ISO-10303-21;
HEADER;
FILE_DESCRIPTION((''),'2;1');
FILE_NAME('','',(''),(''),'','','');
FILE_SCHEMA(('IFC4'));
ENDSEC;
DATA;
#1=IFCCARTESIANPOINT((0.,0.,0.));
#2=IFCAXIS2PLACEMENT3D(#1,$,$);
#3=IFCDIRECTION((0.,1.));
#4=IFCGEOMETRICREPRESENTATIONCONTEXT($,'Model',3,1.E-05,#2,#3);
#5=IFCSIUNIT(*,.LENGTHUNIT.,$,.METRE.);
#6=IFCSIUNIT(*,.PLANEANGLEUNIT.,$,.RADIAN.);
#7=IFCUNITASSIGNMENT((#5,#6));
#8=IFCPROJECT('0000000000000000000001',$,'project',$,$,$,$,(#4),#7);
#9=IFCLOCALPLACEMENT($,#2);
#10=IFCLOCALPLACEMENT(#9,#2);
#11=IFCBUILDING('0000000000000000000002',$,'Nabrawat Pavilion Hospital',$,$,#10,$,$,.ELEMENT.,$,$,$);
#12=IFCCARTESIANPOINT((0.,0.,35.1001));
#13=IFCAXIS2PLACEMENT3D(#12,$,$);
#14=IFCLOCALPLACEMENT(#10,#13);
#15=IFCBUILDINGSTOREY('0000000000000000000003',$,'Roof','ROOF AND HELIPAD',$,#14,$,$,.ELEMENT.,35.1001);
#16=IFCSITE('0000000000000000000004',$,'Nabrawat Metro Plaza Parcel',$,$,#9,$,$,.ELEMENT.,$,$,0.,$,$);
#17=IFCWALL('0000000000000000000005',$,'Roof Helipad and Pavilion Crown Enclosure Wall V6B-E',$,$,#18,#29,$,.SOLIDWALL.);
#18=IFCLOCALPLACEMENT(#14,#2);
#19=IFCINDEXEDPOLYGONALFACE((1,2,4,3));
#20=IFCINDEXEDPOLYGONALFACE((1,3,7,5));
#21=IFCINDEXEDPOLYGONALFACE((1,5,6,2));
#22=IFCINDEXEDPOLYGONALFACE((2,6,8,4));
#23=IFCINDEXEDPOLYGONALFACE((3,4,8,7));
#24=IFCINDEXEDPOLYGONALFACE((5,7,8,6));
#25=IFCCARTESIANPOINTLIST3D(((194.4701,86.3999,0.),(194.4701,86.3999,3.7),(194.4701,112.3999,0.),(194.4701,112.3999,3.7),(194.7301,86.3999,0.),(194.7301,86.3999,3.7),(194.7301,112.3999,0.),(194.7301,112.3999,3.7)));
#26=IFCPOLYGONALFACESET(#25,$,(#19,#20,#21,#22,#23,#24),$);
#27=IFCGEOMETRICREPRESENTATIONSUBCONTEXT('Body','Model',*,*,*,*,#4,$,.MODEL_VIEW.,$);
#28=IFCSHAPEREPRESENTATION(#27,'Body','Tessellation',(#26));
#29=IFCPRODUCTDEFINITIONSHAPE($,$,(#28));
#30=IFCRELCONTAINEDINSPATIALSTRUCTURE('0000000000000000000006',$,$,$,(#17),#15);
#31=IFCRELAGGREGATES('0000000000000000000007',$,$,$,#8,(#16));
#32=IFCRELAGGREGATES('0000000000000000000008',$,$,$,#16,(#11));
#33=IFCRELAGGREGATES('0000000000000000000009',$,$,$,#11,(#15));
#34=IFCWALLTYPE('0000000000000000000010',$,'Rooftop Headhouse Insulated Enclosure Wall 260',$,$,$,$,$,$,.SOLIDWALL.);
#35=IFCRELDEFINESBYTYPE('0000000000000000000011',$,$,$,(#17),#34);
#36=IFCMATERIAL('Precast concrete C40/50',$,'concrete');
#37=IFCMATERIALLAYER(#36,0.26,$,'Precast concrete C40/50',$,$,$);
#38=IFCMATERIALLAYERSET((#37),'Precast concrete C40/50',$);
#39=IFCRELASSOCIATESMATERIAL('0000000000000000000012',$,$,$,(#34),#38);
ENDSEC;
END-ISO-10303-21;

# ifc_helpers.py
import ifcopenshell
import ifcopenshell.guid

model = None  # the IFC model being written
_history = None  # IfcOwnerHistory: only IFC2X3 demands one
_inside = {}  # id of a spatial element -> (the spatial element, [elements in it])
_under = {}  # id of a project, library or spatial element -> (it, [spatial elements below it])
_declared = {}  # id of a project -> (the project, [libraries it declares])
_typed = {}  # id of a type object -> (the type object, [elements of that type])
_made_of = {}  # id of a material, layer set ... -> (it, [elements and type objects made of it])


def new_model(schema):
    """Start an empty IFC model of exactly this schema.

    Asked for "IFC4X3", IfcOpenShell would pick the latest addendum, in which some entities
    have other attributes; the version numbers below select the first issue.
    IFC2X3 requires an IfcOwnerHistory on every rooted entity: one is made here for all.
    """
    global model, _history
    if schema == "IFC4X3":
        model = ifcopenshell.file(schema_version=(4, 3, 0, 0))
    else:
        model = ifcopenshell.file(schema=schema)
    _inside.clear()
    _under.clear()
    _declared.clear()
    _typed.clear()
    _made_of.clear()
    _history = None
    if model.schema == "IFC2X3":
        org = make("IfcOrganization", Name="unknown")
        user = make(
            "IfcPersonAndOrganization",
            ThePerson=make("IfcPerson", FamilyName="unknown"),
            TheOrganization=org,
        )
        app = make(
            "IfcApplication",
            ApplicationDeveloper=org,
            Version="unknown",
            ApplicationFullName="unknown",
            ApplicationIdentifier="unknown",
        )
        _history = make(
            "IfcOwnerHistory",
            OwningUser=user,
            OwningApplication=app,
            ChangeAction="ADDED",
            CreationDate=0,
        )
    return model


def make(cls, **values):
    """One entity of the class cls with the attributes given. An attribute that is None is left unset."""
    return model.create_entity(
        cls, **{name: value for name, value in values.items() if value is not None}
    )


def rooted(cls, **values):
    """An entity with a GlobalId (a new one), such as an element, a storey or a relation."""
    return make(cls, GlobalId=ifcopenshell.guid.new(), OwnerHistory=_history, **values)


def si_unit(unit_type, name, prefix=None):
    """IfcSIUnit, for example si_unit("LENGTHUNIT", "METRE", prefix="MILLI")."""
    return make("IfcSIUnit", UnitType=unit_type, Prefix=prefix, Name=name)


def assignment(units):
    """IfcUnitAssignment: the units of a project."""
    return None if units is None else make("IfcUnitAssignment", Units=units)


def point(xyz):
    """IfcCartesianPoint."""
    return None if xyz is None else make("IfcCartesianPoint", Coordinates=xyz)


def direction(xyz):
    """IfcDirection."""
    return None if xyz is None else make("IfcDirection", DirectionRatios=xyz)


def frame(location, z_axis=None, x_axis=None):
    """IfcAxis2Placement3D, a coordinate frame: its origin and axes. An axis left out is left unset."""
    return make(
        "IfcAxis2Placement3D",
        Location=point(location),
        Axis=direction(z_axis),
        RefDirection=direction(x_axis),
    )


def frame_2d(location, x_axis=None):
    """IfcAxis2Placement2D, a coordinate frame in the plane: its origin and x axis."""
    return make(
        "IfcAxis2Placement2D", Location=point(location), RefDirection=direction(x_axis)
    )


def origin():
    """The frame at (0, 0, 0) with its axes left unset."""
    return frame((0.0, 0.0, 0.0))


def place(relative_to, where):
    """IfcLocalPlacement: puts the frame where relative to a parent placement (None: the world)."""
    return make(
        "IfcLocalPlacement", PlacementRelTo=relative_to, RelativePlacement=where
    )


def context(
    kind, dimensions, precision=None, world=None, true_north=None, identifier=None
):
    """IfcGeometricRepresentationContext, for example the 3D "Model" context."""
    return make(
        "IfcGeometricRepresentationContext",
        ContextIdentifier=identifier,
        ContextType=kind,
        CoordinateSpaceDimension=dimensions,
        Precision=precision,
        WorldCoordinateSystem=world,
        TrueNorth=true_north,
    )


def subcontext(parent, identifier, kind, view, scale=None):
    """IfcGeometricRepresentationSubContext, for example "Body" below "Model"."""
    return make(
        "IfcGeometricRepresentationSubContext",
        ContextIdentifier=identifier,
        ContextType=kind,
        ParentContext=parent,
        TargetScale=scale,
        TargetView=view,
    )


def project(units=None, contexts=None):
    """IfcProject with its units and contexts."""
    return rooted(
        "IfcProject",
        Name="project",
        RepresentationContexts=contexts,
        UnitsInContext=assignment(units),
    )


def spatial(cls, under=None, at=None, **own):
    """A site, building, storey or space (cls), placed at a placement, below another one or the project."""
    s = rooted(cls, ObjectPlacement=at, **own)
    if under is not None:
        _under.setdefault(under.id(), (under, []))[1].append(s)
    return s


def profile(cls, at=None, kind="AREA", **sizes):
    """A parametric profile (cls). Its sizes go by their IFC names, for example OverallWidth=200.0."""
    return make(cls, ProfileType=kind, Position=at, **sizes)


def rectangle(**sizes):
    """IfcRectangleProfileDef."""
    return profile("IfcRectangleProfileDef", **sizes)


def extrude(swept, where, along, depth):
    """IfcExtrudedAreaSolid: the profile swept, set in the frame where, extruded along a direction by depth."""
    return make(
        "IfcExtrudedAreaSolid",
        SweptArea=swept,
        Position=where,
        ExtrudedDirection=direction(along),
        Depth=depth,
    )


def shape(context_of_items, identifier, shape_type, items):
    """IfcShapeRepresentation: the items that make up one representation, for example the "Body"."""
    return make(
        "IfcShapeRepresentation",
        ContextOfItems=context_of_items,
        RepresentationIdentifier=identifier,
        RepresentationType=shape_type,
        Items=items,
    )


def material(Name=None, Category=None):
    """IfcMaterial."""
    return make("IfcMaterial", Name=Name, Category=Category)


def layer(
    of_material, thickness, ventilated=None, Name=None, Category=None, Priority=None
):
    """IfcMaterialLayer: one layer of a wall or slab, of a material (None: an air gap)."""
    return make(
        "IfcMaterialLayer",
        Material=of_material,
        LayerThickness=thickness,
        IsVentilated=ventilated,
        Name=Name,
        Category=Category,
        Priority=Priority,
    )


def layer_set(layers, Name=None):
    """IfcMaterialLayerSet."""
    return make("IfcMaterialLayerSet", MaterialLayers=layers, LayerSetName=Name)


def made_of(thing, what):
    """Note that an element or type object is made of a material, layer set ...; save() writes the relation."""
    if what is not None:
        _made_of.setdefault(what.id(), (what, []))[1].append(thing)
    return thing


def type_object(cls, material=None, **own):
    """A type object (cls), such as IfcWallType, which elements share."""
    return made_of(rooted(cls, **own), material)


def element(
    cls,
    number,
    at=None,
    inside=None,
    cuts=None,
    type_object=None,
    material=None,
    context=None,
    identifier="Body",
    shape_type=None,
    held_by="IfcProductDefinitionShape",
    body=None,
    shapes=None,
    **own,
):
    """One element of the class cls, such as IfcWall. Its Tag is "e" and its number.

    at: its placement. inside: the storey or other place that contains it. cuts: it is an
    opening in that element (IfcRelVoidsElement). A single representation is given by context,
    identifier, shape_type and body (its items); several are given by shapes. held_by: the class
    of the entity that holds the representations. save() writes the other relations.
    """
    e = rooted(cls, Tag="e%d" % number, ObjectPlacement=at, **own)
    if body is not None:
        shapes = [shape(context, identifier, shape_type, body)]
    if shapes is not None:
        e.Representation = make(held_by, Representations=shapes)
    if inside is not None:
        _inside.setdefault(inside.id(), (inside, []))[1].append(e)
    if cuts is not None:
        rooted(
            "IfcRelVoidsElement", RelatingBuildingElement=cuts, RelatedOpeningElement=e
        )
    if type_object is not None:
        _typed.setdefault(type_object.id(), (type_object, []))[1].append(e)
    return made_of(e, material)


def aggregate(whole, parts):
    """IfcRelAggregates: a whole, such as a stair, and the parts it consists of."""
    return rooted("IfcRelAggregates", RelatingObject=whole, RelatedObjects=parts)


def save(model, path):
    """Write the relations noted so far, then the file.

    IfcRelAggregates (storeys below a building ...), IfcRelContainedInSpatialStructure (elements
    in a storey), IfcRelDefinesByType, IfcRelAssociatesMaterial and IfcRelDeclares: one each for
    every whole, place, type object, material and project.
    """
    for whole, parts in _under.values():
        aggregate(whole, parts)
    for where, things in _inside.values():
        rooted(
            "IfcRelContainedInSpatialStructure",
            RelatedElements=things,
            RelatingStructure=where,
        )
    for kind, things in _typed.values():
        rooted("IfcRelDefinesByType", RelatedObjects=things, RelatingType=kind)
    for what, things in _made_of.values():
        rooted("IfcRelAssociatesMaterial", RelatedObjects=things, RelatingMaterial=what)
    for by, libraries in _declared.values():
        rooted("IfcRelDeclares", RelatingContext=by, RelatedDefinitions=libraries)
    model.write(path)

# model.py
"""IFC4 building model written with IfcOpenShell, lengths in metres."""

from ifc_helpers import new_model, si_unit, direction, frame, frame_2d, origin, place, context, subcontext, project, spatial, rectangle, extrude, material, layer, layer_set, type_object, element, save


model = new_model("IFC4")

# Units and contexts
model_context = context("Model", 3, precision=1e-05, world=origin(), true_north=direction((0.0, 1.0)))
body_context = subcontext(model_context, "Body", "Model", "MODEL_VIEW")
ifc_project = project(units=[si_unit("LENGTHUNIT", "METRE"), si_unit("PLANEANGLEUNIT", "RADIAN")], contexts=[model_context])

# Site, building, storey
site_placement = place(None, origin())
site = spatial("IfcSite", under=ifc_project, at=site_placement, Name="Nabrawat Metro Plaza Parcel", CompositionType="ELEMENT", RefElevation=0.0)
building_placement = place(site_placement, origin())
building = spatial("IfcBuilding", under=site, at=building_placement, Name="Nabrawat Pavilion Hospital", CompositionType="ELEMENT")
storey_placement = place(building_placement, frame((0.0, 0.0, 35.1001)))
storey = spatial("IfcBuildingStorey", under=building, at=storey_placement, Name="Roof", Description="ROOF AND HELIPAD", CompositionType="ELEMENT", Elevation=35.1001)

# Wall
ifc_material_1 = material(Name="Precast concrete C40/50", Category="concrete")
ifc_layer_1 = layer(ifc_material_1, 0.26, Name="Precast concrete C40/50")
ifc_layer_set_1 = layer_set([ifc_layer_1], Name="Precast concrete C40/50")
wall_type = type_object("IfcWallType", Name="Rooftop Headhouse Insulated Enclosure Wall 260", PredefinedType="SOLIDWALL", material=ifc_layer_set_1)
wall_1_placement = place(storey_placement, frame((194.6001, 86.3999, 0.0), z_axis=(0.0, 0.0, 1.0), x_axis=(0.0, 1.0, 0.0)))
element("IfcWall", 1, at=wall_1_placement, inside=storey, type_object=wall_type, Name="Roof Helipad and Pavilion Crown Enclosure Wall V6B-E", PredefinedType="SOLIDWALL", context=body_context, shape_type="SweptSolid", body=[
    extrude(rectangle(XDim=26.0, YDim=0.26, at=frame_2d((13.0, 0.0))), origin(), (0.0, 0.0, 1.0), 3.7),
])

save(model, "model.ifc")
